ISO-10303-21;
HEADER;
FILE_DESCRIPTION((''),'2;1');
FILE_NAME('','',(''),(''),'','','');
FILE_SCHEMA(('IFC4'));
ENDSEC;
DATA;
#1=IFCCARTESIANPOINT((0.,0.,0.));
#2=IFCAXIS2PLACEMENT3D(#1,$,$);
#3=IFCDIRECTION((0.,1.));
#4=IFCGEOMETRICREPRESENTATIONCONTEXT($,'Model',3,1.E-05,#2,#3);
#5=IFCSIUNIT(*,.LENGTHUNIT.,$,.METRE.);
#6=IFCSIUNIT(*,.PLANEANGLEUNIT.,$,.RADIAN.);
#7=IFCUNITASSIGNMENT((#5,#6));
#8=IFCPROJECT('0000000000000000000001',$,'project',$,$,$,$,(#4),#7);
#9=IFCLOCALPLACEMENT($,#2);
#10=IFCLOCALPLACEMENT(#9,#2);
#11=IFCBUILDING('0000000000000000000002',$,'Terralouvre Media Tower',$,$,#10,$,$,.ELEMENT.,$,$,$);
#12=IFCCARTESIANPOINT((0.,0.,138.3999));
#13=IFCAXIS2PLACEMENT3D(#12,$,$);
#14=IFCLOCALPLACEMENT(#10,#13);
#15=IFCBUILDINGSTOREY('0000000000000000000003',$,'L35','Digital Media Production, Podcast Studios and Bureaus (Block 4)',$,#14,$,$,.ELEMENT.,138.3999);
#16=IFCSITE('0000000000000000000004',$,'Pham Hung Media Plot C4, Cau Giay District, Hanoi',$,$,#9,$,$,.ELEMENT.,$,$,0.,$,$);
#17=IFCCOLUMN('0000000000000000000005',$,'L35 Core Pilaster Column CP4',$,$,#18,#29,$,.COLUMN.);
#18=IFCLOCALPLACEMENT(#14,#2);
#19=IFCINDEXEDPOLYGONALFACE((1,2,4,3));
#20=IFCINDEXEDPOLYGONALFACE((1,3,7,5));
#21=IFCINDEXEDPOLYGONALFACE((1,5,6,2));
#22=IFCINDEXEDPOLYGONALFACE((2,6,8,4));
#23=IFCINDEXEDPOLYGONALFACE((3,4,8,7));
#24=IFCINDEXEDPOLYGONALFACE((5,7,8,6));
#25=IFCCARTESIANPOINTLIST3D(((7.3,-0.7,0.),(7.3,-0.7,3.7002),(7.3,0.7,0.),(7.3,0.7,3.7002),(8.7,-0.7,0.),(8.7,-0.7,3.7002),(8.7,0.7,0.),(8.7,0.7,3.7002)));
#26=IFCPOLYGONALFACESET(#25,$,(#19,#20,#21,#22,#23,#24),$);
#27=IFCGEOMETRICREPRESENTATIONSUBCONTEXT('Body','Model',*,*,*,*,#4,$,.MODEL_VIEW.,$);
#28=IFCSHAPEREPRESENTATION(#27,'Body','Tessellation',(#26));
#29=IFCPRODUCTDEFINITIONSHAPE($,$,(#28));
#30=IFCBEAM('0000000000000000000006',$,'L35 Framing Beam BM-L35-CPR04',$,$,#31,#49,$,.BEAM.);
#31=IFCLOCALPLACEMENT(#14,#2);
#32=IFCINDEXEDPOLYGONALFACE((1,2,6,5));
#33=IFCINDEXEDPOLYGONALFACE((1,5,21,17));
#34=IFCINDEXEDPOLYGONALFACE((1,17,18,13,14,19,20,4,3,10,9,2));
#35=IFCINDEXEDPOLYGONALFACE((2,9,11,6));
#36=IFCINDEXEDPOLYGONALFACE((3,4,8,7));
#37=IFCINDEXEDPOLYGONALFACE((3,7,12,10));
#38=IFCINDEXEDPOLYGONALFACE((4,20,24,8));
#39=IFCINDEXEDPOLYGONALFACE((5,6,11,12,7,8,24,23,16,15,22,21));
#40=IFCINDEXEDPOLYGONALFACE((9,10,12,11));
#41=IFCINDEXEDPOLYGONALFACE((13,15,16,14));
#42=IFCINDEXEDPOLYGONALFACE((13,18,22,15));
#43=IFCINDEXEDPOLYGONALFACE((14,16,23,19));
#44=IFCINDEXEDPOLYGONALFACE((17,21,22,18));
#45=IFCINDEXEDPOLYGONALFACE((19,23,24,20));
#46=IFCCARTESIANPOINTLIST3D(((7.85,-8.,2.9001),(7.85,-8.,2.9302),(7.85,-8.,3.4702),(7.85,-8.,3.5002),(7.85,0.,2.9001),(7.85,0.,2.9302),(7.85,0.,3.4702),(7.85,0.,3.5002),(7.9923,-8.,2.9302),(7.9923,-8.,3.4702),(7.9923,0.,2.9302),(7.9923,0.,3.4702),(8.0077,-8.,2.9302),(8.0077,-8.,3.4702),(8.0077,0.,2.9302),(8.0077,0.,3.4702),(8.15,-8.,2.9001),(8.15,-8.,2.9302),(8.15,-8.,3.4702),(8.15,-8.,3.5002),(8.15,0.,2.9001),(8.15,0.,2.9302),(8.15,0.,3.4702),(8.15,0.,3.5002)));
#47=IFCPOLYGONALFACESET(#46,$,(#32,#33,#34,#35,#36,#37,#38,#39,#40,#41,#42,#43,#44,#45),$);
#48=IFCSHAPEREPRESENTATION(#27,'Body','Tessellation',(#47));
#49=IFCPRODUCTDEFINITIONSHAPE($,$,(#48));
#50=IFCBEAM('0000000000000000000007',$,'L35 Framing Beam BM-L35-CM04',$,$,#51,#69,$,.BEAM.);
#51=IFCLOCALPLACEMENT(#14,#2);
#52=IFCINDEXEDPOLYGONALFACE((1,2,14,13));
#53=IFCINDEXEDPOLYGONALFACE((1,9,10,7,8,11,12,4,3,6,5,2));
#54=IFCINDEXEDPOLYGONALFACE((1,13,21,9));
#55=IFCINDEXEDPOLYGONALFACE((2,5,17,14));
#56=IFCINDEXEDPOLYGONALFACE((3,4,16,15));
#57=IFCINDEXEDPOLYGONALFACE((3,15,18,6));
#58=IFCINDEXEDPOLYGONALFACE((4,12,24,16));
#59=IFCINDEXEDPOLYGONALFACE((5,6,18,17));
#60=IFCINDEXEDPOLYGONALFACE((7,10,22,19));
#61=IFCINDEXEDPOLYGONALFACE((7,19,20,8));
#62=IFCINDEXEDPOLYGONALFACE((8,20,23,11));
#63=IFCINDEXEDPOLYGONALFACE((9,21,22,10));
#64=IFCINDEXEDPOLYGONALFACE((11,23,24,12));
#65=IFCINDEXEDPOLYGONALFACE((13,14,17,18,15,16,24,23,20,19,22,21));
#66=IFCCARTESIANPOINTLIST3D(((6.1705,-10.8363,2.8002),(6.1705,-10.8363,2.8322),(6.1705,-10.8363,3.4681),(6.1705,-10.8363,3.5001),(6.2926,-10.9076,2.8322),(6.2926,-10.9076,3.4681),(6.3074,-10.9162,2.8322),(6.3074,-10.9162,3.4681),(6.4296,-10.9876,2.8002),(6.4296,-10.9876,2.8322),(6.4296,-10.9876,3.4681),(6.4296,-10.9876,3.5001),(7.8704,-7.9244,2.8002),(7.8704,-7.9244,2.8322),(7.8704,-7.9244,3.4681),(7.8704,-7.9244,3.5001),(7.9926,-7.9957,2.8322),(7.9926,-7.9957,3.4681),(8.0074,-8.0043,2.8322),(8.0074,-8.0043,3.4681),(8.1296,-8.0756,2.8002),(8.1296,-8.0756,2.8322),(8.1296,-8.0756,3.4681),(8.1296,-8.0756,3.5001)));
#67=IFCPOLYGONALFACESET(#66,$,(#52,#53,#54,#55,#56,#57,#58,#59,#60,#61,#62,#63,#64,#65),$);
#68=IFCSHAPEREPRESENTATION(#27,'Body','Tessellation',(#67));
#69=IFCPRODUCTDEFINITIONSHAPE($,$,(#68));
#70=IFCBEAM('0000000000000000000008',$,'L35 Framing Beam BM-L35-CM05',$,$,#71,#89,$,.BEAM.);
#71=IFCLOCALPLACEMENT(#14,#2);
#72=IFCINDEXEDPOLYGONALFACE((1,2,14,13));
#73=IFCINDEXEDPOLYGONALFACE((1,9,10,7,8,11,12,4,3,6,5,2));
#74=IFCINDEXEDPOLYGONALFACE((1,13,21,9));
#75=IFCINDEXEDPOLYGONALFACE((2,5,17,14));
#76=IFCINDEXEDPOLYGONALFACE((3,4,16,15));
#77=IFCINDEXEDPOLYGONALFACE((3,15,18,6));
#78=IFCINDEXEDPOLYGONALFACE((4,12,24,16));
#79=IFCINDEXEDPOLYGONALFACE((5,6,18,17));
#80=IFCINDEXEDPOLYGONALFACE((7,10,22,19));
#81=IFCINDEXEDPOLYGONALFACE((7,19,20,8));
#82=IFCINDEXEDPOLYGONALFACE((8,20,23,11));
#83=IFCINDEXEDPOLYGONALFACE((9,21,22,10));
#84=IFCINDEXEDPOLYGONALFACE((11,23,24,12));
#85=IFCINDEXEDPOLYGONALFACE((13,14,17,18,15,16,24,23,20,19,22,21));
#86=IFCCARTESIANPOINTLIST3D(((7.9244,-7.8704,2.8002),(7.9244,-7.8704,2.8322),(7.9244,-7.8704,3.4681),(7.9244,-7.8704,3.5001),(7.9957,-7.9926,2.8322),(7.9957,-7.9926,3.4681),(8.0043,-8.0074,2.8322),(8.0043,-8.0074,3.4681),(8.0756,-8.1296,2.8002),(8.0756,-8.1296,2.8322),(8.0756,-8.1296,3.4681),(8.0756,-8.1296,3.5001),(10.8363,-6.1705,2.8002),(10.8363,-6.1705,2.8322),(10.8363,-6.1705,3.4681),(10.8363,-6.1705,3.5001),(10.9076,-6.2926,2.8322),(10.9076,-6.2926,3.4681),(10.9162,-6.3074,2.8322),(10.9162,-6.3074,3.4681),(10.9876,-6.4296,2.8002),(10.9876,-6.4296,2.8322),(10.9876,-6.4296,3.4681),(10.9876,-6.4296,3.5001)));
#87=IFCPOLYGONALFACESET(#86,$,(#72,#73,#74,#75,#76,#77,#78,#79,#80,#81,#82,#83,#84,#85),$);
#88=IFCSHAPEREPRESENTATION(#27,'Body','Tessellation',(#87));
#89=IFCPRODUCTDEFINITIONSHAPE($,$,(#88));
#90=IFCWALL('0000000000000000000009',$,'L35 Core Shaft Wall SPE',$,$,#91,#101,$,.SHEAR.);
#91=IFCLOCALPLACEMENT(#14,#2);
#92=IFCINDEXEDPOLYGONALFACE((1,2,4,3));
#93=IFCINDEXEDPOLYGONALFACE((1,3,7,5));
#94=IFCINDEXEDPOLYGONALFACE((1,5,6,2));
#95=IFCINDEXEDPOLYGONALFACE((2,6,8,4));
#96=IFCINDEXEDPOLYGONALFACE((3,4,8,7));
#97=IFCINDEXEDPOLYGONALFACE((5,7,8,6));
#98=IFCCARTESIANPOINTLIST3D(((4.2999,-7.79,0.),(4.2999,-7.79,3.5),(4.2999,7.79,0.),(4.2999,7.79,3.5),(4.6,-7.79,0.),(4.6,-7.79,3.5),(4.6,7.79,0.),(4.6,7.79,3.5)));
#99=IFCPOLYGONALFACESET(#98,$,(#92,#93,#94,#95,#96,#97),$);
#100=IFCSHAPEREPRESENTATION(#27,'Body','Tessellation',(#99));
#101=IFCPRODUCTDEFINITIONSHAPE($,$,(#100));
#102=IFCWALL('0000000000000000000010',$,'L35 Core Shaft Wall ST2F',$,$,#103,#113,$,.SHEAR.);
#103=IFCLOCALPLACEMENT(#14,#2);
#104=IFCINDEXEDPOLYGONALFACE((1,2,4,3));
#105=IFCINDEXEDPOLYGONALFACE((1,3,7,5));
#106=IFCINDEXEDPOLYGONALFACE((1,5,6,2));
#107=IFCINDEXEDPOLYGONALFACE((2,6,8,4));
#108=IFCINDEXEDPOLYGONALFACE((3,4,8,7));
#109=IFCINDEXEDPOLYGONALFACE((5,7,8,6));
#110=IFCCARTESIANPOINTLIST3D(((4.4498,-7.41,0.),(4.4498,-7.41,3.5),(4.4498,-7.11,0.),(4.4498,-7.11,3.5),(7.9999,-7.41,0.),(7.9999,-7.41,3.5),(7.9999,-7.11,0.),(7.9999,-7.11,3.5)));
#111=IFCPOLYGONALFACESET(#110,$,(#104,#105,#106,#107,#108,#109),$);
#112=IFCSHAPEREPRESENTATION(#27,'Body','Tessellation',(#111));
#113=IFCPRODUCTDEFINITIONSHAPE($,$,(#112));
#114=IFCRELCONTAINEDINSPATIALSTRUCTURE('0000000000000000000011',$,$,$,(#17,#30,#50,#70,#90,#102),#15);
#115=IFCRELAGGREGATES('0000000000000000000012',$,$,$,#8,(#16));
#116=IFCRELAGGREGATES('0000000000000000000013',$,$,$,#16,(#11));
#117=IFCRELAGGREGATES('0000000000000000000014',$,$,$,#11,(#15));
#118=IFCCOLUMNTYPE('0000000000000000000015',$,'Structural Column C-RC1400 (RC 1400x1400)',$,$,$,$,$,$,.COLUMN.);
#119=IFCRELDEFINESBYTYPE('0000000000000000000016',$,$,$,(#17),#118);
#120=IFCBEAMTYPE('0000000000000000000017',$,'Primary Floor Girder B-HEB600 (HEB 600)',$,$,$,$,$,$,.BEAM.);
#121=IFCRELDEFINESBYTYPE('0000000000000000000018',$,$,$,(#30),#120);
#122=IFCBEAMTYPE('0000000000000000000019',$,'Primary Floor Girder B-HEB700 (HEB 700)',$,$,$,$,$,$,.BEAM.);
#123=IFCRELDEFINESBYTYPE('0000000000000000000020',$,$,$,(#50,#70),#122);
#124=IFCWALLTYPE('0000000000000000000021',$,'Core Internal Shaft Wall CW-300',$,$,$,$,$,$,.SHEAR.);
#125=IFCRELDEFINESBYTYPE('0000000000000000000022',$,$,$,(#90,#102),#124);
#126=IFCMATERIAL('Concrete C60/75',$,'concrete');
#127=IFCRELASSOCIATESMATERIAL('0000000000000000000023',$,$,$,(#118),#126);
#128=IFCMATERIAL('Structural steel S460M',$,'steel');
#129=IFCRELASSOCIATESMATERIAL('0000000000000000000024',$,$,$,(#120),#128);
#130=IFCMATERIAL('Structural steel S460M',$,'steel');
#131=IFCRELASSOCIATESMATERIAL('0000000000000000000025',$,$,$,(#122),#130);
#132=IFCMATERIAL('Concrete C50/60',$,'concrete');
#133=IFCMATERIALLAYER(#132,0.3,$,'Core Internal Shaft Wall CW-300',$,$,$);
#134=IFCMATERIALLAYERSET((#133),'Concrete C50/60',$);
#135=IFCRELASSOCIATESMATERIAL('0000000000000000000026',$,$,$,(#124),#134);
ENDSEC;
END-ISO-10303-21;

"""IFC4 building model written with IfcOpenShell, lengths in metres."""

from ifc_helpers import new_model, si_unit, direction, frame, frame_2d, origin, origin_2d, place, context, subcontext, project, spatial, rectangle, i_section, extrude, material, layer, layer_set, material_profile, profile_set, type_object, element, save


model = new_model("IFC4")

# Units and contexts
model_context = context("Model", 3, precision=1e-05, world=origin(), true_north=direction((0.0, 1.0)))
body_context = subcontext(model_context, "Body", "Model", "MODEL_VIEW")
ifc_project = project(units=[si_unit("LENGTHUNIT", "METRE"), si_unit("PLANEANGLEUNIT", "RADIAN")], contexts=[model_context])

# Site, building, storey
site_placement = place(None, origin())
site = spatial("IfcSite", under=ifc_project, at=site_placement, Name="Pham Hung Media Plot C4, Cau Giay District, Hanoi", CompositionType="ELEMENT", RefElevation=0.0)
building_placement = place(site_placement, origin())
building = spatial("IfcBuilding", under=site, at=building_placement, Name="Terralouvre Media Tower", CompositionType="ELEMENT")
storey_placement = place(building_placement, frame((0.0, 0.0, 138.3999)))
storey = spatial("IfcBuildingStorey", under=building, at=storey_placement, Name="L35", Description="Digital Media Production, Podcast Studios and Bureaus (Block 4)", CompositionType="ELEMENT", Elevation=138.3999)

# Column
ifc_material_1 = material(Name="Concrete C60/75", Category="concrete")
ifc_material_profile_1 = material_profile(ifc_material_1, rectangle(XDim=1.3999, YDim=1.3999, at=origin_2d()), Name="RC 1400x1400")
ifc_profile_set_1 = profile_set([ifc_material_profile_1], Name="Concrete C60/75")
column_type = type_object("IfcColumnType", Name="Structural Column C-RC1400 (RC 1400x1400)", PredefinedType="COLUMN", material=ifc_profile_set_1)
column_placement = place(storey_placement, frame((8.0, 0.0, 0.0), z_axis=(0.0, 0.0, 1.0), x_axis=(1.0, 0.0, 0.0)))
element("IfcColumn", 1, at=column_placement, inside=storey, type_object=column_type, Name="L35 Core Pilaster Column CP4", PredefinedType="COLUMN", context=body_context, shape_type="SweptSolid", body=[
    extrude(rectangle(XDim=1.3999, YDim=1.3999, at=origin_2d()), origin(), (0.0, 0.0, 1.0), 3.7002),
])

# Beams
ifc_material_2 = material(Name="Structural steel S460M", Category="steel")
ifc_material_profile_2 = material_profile(ifc_material_2, i_section(OverallWidth=0.3, OverallDepth=0.6001, WebThickness=0.0154, FlangeThickness=0.03, at=origin_2d()), Name="HEB 600")
ifc_profile_set_2 = profile_set([ifc_material_profile_2], Name="Structural steel S460M")
beam_type_1 = type_object("IfcBeamType", Name="Primary Floor Girder B-HEB600 (HEB 600)", PredefinedType="BEAM", material=ifc_profile_set_2)
beam_placement = place(storey_placement, frame((8.0, -8.0, 3.2002), z_axis=(0.0, 1.0, 0.0), x_axis=(-1.0, 0.0, 0.0)))
element("IfcBeam", 2, at=beam_placement, inside=storey, type_object=beam_type_1, Name="L35 Framing Beam BM-L35-CPR04", PredefinedType="BEAM", context=body_context, shape_type="SweptSolid", body=[
    extrude(i_section(OverallWidth=0.3, OverallDepth=0.6001, WebThickness=0.0154, FlangeThickness=0.03, at=origin_2d()), origin(), (0.0, 0.0, 1.0), 8.0),
])
ifc_material_3 = material(Name="Structural steel S460M", Category="steel")
ifc_material_profile_3 = material_profile(ifc_material_3, i_section(OverallWidth=0.3, OverallDepth=0.7, WebThickness=0.0171, FlangeThickness=0.032, at=origin_2d()), Name="HEB 700")
ifc_profile_set_3 = profile_set([ifc_material_profile_3], Name="Structural steel S460M")
beam_type_2 = type_object("IfcBeamType", Name="Primary Floor Girder B-HEB700 (HEB 700)", PredefinedType="BEAM", material=ifc_profile_set_3)
for number, where, z_axis, x_axis, name in (
    (3, (8.0, -8.0, 3.1501), (-0.504173, -0.863603, 0.0), (0.863603, -0.504173, 0.0), "L35 Framing Beam BM-L35-CM04"),
    (4, (8.0, -8.0, 3.1501), (0.863603, 0.504173, 0.0), (-0.504173, 0.863603, 0.0), "L35 Framing Beam BM-L35-CM05"),
):
    element("IfcBeam", number, at=place(storey_placement, frame(where, z_axis=z_axis, x_axis=x_axis)), inside=storey, type_object=beam_type_2, Name=name, PredefinedType="BEAM", context=body_context, shape_type="SweptSolid", body=[
        extrude(i_section(OverallWidth=0.3, OverallDepth=0.7, WebThickness=0.0171, FlangeThickness=0.032, at=origin_2d()), origin(), (0.0, 0.0, 1.0), 3.3718),
    ])

# Wall
ifc_material_4 = material(Name="Concrete C50/60", Category="concrete")
ifc_layer_1 = layer(ifc_material_4, 0.3, Name="Core Internal Shaft Wall CW-300")
ifc_layer_set_1 = layer_set([ifc_layer_1], Name="Concrete C50/60")
wall_type_1 = type_object("IfcWallType", Name="Core Internal Shaft Wall CW-300", PredefinedType="SHEAR", material=ifc_layer_set_1)
wall_1_placement = place(storey_placement, frame((4.45, -7.79, 0.0), z_axis=(0.0, 0.0, 1.0), x_axis=(0.0, 1.0, 0.0)))
element("IfcWall", 5, at=wall_1_placement, inside=storey, type_object=wall_type_1, Name="L35 Core Shaft Wall SPE", PredefinedType="SHEAR", context=body_context, shape_type="SweptSolid", body=[
    extrude(rectangle(XDim=15.5801, YDim=0.3, at=frame_2d((7.79, 0.0))), origin(), (0.0, 0.0, 1.0), 3.5),
])

# Wall
wall_2_placement = place(storey_placement, frame((4.45, -7.26, 0.0), z_axis=(0.0, 0.0, 1.0), x_axis=(1.0, 0.0, 0.0)))
element("IfcWall", 6, at=wall_2_placement, inside=storey, type_object=wall_type_1, Name="L35 Core Shaft Wall ST2F", PredefinedType="SHEAR", context=body_context, shape_type="SweptSolid", body=[
    extrude(rectangle(XDim=3.55, YDim=0.3, at=frame_2d((1.7749, 0.0))), origin(), (0.0, 0.0, 1.0), 3.5),
])

save(model, "model.ifc")
